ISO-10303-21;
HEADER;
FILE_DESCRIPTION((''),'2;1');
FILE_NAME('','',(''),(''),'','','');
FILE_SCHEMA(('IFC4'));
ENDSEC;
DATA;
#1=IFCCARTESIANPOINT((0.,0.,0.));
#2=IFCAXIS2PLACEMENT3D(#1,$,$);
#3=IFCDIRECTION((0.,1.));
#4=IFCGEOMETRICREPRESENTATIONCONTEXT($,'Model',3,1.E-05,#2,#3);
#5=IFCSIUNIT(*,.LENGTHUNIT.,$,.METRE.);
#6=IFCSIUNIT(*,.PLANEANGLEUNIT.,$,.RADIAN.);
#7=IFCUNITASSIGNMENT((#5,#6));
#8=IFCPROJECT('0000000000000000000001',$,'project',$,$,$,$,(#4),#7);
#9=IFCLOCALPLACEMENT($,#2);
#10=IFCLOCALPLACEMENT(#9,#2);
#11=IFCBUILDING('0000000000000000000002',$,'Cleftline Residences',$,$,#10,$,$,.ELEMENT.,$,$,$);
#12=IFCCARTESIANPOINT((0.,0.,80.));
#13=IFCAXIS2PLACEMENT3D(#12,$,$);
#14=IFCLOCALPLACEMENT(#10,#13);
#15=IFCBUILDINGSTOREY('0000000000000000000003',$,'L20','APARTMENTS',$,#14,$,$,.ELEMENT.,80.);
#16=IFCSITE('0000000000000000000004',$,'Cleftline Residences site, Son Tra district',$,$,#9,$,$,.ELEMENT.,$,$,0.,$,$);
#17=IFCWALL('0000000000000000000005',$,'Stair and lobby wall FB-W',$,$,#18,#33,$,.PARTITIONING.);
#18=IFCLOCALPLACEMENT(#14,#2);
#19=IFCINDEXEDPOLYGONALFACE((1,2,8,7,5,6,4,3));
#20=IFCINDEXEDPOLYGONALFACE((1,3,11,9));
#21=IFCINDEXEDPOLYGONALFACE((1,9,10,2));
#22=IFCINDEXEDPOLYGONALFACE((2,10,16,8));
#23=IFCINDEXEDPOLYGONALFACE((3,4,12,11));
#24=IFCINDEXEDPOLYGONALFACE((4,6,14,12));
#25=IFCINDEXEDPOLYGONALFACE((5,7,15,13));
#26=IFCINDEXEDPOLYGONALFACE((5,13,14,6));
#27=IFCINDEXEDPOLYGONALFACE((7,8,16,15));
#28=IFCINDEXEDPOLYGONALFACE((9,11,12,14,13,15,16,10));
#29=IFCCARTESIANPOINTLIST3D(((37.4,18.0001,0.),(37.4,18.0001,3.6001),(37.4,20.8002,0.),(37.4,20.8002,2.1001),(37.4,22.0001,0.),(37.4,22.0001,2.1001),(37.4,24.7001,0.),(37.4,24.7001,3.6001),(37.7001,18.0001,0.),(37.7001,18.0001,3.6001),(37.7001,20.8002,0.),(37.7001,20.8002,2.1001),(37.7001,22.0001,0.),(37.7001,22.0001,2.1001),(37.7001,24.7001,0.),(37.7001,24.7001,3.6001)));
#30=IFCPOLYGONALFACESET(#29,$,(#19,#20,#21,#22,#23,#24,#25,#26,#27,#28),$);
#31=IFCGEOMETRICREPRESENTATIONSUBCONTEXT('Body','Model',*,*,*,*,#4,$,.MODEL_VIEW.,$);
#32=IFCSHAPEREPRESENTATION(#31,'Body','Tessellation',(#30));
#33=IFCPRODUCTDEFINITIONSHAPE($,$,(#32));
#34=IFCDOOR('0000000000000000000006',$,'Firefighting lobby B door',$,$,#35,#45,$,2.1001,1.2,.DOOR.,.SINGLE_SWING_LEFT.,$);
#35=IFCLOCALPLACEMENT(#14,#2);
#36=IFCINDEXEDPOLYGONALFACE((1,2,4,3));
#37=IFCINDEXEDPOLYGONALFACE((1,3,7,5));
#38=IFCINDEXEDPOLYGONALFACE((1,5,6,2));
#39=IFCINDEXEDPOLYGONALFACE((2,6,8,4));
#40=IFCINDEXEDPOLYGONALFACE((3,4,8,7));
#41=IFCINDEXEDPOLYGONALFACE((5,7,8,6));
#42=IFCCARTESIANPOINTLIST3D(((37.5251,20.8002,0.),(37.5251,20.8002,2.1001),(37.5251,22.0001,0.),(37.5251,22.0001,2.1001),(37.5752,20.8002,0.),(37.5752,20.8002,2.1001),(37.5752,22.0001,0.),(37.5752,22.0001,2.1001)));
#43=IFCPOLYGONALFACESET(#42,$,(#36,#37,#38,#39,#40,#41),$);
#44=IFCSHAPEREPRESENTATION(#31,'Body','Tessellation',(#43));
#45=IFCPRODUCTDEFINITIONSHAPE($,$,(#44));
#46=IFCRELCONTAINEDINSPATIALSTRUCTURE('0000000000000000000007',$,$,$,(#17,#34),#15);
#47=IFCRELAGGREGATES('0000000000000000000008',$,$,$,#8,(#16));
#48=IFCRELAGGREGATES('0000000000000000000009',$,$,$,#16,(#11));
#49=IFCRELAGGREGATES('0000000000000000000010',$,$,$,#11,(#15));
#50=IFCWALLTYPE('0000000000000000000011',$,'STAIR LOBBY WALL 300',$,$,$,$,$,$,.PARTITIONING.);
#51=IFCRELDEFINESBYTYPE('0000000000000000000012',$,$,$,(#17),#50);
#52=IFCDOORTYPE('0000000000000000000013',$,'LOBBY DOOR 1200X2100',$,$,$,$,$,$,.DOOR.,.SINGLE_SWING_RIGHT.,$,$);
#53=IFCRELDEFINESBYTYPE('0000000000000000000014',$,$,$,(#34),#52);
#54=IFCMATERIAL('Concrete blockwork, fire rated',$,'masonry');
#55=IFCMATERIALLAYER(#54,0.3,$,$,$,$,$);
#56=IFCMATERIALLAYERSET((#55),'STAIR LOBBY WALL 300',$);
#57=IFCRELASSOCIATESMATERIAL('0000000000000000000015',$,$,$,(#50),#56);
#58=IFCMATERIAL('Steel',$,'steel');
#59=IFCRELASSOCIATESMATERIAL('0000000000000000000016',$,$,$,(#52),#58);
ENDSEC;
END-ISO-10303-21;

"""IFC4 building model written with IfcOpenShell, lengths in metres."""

from ifc_helpers import new_model, si_unit, direction, frame, frame_2d, origin, place, context, subcontext, project, spatial, rectangle, extrude, material, layer, layer_set, type_object, element, fill, save


model = new_model("IFC4")

# Units and contexts
model_context = context("Model", 3, precision=1e-05, world=origin(), true_north=direction((0.0, 1.0)))
body_context = subcontext(model_context, "Body", "Model", "MODEL_VIEW")
ifc_project = project(units=[si_unit("LENGTHUNIT", "METRE"), si_unit("PLANEANGLEUNIT", "RADIAN")], contexts=[model_context])

# Site, building, storey
site_placement = place(None, origin())
site = spatial("IfcSite", under=ifc_project, at=site_placement, Name="Cleftline Residences site, Son Tra district", CompositionType="ELEMENT", RefElevation=0.0)
building_placement = place(site_placement, origin())
building = spatial("IfcBuilding", under=site, at=building_placement, Name="Cleftline Residences", CompositionType="ELEMENT")
storey_placement = place(building_placement, frame((0.0, 0.0, 80.0)))
storey = spatial("IfcBuildingStorey", under=building, at=storey_placement, Name="L20", Description="APARTMENTS", CompositionType="ELEMENT", Elevation=80.0)

# Wall, opening, door
ifc_material_1 = material(Name="Concrete blockwork, fire rated", Category="masonry")
ifc_layer_1 = layer(ifc_material_1, 0.3)
ifc_layer_set_1 = layer_set([ifc_layer_1], Name="STAIR LOBBY WALL 300")
wall_type_1 = type_object("IfcWallType", Name="STAIR LOBBY WALL 300", PredefinedType="PARTITIONING", material=ifc_layer_set_1)
ifc_material_2 = material(Name="Steel", Category="steel")
door_type_1 = type_object("IfcDoorType", Name="LOBBY DOOR 1200X2100", OperationType="SINGLE_SWING_RIGHT", PredefinedType="DOOR", material=ifc_material_2)
wall_1_placement = place(storey_placement, frame((37.55, 18.0, 0.0), z_axis=(0.0, 0.0, 1.0), x_axis=(0.0, 1.0, 0.0)))
wall_1 = element("IfcWall", 1, at=wall_1_placement, inside=storey, type_object=wall_type_1, Name="Stair and lobby wall FB-W", PredefinedType="PARTITIONING", context=body_context, shape_type="SweptSolid", body=[
    extrude(rectangle(XDim=6.7, YDim=0.3, at=frame_2d((3.3501, 0.0))), origin(), (0.0, 0.0, 1.0), 3.6001),
])
opening_1_placement = place(wall_1_placement, frame((2.8, 0.0, 0.0)))
opening_1 = element("IfcOpeningElement", 2, at=opening_1_placement, cuts=wall_1, PredefinedType="OPENING", context=body_context, shape_type="SweptSolid", body=[
    extrude(rectangle(XDim=1.2, YDim=2.1001, at=frame_2d((0.6001, 1.05))), frame((0.0, 0.1599, 0.0), z_axis=(0.0, -1.0, 0.0), x_axis=(1.0, 0.0, 0.0)), (0.0, 0.0, 1.0), 0.3201),
])
door_1_placement = place(opening_1_placement, origin())
door_1 = element("IfcDoor", 3, at=door_1_placement, inside=storey, type_object=door_type_1, Name="Firefighting lobby B door", OperationType="SINGLE_SWING_LEFT", OverallHeight=2.1001, OverallWidth=1.2, PredefinedType="DOOR", context=body_context, shape_type="SweptSolid", body=[
    extrude(rectangle(XDim=1.2, YDim=2.1001, at=frame_2d((0.6001, 1.05))), frame((0.0, 0.0249, 0.0), z_axis=(0.0, -1.0, 0.0), x_axis=(1.0, 0.0, 0.0)), (0.0, 0.0, 1.0), 0.05),
])
fill(opening_1, door_1)

save(model, "model.ifc")
